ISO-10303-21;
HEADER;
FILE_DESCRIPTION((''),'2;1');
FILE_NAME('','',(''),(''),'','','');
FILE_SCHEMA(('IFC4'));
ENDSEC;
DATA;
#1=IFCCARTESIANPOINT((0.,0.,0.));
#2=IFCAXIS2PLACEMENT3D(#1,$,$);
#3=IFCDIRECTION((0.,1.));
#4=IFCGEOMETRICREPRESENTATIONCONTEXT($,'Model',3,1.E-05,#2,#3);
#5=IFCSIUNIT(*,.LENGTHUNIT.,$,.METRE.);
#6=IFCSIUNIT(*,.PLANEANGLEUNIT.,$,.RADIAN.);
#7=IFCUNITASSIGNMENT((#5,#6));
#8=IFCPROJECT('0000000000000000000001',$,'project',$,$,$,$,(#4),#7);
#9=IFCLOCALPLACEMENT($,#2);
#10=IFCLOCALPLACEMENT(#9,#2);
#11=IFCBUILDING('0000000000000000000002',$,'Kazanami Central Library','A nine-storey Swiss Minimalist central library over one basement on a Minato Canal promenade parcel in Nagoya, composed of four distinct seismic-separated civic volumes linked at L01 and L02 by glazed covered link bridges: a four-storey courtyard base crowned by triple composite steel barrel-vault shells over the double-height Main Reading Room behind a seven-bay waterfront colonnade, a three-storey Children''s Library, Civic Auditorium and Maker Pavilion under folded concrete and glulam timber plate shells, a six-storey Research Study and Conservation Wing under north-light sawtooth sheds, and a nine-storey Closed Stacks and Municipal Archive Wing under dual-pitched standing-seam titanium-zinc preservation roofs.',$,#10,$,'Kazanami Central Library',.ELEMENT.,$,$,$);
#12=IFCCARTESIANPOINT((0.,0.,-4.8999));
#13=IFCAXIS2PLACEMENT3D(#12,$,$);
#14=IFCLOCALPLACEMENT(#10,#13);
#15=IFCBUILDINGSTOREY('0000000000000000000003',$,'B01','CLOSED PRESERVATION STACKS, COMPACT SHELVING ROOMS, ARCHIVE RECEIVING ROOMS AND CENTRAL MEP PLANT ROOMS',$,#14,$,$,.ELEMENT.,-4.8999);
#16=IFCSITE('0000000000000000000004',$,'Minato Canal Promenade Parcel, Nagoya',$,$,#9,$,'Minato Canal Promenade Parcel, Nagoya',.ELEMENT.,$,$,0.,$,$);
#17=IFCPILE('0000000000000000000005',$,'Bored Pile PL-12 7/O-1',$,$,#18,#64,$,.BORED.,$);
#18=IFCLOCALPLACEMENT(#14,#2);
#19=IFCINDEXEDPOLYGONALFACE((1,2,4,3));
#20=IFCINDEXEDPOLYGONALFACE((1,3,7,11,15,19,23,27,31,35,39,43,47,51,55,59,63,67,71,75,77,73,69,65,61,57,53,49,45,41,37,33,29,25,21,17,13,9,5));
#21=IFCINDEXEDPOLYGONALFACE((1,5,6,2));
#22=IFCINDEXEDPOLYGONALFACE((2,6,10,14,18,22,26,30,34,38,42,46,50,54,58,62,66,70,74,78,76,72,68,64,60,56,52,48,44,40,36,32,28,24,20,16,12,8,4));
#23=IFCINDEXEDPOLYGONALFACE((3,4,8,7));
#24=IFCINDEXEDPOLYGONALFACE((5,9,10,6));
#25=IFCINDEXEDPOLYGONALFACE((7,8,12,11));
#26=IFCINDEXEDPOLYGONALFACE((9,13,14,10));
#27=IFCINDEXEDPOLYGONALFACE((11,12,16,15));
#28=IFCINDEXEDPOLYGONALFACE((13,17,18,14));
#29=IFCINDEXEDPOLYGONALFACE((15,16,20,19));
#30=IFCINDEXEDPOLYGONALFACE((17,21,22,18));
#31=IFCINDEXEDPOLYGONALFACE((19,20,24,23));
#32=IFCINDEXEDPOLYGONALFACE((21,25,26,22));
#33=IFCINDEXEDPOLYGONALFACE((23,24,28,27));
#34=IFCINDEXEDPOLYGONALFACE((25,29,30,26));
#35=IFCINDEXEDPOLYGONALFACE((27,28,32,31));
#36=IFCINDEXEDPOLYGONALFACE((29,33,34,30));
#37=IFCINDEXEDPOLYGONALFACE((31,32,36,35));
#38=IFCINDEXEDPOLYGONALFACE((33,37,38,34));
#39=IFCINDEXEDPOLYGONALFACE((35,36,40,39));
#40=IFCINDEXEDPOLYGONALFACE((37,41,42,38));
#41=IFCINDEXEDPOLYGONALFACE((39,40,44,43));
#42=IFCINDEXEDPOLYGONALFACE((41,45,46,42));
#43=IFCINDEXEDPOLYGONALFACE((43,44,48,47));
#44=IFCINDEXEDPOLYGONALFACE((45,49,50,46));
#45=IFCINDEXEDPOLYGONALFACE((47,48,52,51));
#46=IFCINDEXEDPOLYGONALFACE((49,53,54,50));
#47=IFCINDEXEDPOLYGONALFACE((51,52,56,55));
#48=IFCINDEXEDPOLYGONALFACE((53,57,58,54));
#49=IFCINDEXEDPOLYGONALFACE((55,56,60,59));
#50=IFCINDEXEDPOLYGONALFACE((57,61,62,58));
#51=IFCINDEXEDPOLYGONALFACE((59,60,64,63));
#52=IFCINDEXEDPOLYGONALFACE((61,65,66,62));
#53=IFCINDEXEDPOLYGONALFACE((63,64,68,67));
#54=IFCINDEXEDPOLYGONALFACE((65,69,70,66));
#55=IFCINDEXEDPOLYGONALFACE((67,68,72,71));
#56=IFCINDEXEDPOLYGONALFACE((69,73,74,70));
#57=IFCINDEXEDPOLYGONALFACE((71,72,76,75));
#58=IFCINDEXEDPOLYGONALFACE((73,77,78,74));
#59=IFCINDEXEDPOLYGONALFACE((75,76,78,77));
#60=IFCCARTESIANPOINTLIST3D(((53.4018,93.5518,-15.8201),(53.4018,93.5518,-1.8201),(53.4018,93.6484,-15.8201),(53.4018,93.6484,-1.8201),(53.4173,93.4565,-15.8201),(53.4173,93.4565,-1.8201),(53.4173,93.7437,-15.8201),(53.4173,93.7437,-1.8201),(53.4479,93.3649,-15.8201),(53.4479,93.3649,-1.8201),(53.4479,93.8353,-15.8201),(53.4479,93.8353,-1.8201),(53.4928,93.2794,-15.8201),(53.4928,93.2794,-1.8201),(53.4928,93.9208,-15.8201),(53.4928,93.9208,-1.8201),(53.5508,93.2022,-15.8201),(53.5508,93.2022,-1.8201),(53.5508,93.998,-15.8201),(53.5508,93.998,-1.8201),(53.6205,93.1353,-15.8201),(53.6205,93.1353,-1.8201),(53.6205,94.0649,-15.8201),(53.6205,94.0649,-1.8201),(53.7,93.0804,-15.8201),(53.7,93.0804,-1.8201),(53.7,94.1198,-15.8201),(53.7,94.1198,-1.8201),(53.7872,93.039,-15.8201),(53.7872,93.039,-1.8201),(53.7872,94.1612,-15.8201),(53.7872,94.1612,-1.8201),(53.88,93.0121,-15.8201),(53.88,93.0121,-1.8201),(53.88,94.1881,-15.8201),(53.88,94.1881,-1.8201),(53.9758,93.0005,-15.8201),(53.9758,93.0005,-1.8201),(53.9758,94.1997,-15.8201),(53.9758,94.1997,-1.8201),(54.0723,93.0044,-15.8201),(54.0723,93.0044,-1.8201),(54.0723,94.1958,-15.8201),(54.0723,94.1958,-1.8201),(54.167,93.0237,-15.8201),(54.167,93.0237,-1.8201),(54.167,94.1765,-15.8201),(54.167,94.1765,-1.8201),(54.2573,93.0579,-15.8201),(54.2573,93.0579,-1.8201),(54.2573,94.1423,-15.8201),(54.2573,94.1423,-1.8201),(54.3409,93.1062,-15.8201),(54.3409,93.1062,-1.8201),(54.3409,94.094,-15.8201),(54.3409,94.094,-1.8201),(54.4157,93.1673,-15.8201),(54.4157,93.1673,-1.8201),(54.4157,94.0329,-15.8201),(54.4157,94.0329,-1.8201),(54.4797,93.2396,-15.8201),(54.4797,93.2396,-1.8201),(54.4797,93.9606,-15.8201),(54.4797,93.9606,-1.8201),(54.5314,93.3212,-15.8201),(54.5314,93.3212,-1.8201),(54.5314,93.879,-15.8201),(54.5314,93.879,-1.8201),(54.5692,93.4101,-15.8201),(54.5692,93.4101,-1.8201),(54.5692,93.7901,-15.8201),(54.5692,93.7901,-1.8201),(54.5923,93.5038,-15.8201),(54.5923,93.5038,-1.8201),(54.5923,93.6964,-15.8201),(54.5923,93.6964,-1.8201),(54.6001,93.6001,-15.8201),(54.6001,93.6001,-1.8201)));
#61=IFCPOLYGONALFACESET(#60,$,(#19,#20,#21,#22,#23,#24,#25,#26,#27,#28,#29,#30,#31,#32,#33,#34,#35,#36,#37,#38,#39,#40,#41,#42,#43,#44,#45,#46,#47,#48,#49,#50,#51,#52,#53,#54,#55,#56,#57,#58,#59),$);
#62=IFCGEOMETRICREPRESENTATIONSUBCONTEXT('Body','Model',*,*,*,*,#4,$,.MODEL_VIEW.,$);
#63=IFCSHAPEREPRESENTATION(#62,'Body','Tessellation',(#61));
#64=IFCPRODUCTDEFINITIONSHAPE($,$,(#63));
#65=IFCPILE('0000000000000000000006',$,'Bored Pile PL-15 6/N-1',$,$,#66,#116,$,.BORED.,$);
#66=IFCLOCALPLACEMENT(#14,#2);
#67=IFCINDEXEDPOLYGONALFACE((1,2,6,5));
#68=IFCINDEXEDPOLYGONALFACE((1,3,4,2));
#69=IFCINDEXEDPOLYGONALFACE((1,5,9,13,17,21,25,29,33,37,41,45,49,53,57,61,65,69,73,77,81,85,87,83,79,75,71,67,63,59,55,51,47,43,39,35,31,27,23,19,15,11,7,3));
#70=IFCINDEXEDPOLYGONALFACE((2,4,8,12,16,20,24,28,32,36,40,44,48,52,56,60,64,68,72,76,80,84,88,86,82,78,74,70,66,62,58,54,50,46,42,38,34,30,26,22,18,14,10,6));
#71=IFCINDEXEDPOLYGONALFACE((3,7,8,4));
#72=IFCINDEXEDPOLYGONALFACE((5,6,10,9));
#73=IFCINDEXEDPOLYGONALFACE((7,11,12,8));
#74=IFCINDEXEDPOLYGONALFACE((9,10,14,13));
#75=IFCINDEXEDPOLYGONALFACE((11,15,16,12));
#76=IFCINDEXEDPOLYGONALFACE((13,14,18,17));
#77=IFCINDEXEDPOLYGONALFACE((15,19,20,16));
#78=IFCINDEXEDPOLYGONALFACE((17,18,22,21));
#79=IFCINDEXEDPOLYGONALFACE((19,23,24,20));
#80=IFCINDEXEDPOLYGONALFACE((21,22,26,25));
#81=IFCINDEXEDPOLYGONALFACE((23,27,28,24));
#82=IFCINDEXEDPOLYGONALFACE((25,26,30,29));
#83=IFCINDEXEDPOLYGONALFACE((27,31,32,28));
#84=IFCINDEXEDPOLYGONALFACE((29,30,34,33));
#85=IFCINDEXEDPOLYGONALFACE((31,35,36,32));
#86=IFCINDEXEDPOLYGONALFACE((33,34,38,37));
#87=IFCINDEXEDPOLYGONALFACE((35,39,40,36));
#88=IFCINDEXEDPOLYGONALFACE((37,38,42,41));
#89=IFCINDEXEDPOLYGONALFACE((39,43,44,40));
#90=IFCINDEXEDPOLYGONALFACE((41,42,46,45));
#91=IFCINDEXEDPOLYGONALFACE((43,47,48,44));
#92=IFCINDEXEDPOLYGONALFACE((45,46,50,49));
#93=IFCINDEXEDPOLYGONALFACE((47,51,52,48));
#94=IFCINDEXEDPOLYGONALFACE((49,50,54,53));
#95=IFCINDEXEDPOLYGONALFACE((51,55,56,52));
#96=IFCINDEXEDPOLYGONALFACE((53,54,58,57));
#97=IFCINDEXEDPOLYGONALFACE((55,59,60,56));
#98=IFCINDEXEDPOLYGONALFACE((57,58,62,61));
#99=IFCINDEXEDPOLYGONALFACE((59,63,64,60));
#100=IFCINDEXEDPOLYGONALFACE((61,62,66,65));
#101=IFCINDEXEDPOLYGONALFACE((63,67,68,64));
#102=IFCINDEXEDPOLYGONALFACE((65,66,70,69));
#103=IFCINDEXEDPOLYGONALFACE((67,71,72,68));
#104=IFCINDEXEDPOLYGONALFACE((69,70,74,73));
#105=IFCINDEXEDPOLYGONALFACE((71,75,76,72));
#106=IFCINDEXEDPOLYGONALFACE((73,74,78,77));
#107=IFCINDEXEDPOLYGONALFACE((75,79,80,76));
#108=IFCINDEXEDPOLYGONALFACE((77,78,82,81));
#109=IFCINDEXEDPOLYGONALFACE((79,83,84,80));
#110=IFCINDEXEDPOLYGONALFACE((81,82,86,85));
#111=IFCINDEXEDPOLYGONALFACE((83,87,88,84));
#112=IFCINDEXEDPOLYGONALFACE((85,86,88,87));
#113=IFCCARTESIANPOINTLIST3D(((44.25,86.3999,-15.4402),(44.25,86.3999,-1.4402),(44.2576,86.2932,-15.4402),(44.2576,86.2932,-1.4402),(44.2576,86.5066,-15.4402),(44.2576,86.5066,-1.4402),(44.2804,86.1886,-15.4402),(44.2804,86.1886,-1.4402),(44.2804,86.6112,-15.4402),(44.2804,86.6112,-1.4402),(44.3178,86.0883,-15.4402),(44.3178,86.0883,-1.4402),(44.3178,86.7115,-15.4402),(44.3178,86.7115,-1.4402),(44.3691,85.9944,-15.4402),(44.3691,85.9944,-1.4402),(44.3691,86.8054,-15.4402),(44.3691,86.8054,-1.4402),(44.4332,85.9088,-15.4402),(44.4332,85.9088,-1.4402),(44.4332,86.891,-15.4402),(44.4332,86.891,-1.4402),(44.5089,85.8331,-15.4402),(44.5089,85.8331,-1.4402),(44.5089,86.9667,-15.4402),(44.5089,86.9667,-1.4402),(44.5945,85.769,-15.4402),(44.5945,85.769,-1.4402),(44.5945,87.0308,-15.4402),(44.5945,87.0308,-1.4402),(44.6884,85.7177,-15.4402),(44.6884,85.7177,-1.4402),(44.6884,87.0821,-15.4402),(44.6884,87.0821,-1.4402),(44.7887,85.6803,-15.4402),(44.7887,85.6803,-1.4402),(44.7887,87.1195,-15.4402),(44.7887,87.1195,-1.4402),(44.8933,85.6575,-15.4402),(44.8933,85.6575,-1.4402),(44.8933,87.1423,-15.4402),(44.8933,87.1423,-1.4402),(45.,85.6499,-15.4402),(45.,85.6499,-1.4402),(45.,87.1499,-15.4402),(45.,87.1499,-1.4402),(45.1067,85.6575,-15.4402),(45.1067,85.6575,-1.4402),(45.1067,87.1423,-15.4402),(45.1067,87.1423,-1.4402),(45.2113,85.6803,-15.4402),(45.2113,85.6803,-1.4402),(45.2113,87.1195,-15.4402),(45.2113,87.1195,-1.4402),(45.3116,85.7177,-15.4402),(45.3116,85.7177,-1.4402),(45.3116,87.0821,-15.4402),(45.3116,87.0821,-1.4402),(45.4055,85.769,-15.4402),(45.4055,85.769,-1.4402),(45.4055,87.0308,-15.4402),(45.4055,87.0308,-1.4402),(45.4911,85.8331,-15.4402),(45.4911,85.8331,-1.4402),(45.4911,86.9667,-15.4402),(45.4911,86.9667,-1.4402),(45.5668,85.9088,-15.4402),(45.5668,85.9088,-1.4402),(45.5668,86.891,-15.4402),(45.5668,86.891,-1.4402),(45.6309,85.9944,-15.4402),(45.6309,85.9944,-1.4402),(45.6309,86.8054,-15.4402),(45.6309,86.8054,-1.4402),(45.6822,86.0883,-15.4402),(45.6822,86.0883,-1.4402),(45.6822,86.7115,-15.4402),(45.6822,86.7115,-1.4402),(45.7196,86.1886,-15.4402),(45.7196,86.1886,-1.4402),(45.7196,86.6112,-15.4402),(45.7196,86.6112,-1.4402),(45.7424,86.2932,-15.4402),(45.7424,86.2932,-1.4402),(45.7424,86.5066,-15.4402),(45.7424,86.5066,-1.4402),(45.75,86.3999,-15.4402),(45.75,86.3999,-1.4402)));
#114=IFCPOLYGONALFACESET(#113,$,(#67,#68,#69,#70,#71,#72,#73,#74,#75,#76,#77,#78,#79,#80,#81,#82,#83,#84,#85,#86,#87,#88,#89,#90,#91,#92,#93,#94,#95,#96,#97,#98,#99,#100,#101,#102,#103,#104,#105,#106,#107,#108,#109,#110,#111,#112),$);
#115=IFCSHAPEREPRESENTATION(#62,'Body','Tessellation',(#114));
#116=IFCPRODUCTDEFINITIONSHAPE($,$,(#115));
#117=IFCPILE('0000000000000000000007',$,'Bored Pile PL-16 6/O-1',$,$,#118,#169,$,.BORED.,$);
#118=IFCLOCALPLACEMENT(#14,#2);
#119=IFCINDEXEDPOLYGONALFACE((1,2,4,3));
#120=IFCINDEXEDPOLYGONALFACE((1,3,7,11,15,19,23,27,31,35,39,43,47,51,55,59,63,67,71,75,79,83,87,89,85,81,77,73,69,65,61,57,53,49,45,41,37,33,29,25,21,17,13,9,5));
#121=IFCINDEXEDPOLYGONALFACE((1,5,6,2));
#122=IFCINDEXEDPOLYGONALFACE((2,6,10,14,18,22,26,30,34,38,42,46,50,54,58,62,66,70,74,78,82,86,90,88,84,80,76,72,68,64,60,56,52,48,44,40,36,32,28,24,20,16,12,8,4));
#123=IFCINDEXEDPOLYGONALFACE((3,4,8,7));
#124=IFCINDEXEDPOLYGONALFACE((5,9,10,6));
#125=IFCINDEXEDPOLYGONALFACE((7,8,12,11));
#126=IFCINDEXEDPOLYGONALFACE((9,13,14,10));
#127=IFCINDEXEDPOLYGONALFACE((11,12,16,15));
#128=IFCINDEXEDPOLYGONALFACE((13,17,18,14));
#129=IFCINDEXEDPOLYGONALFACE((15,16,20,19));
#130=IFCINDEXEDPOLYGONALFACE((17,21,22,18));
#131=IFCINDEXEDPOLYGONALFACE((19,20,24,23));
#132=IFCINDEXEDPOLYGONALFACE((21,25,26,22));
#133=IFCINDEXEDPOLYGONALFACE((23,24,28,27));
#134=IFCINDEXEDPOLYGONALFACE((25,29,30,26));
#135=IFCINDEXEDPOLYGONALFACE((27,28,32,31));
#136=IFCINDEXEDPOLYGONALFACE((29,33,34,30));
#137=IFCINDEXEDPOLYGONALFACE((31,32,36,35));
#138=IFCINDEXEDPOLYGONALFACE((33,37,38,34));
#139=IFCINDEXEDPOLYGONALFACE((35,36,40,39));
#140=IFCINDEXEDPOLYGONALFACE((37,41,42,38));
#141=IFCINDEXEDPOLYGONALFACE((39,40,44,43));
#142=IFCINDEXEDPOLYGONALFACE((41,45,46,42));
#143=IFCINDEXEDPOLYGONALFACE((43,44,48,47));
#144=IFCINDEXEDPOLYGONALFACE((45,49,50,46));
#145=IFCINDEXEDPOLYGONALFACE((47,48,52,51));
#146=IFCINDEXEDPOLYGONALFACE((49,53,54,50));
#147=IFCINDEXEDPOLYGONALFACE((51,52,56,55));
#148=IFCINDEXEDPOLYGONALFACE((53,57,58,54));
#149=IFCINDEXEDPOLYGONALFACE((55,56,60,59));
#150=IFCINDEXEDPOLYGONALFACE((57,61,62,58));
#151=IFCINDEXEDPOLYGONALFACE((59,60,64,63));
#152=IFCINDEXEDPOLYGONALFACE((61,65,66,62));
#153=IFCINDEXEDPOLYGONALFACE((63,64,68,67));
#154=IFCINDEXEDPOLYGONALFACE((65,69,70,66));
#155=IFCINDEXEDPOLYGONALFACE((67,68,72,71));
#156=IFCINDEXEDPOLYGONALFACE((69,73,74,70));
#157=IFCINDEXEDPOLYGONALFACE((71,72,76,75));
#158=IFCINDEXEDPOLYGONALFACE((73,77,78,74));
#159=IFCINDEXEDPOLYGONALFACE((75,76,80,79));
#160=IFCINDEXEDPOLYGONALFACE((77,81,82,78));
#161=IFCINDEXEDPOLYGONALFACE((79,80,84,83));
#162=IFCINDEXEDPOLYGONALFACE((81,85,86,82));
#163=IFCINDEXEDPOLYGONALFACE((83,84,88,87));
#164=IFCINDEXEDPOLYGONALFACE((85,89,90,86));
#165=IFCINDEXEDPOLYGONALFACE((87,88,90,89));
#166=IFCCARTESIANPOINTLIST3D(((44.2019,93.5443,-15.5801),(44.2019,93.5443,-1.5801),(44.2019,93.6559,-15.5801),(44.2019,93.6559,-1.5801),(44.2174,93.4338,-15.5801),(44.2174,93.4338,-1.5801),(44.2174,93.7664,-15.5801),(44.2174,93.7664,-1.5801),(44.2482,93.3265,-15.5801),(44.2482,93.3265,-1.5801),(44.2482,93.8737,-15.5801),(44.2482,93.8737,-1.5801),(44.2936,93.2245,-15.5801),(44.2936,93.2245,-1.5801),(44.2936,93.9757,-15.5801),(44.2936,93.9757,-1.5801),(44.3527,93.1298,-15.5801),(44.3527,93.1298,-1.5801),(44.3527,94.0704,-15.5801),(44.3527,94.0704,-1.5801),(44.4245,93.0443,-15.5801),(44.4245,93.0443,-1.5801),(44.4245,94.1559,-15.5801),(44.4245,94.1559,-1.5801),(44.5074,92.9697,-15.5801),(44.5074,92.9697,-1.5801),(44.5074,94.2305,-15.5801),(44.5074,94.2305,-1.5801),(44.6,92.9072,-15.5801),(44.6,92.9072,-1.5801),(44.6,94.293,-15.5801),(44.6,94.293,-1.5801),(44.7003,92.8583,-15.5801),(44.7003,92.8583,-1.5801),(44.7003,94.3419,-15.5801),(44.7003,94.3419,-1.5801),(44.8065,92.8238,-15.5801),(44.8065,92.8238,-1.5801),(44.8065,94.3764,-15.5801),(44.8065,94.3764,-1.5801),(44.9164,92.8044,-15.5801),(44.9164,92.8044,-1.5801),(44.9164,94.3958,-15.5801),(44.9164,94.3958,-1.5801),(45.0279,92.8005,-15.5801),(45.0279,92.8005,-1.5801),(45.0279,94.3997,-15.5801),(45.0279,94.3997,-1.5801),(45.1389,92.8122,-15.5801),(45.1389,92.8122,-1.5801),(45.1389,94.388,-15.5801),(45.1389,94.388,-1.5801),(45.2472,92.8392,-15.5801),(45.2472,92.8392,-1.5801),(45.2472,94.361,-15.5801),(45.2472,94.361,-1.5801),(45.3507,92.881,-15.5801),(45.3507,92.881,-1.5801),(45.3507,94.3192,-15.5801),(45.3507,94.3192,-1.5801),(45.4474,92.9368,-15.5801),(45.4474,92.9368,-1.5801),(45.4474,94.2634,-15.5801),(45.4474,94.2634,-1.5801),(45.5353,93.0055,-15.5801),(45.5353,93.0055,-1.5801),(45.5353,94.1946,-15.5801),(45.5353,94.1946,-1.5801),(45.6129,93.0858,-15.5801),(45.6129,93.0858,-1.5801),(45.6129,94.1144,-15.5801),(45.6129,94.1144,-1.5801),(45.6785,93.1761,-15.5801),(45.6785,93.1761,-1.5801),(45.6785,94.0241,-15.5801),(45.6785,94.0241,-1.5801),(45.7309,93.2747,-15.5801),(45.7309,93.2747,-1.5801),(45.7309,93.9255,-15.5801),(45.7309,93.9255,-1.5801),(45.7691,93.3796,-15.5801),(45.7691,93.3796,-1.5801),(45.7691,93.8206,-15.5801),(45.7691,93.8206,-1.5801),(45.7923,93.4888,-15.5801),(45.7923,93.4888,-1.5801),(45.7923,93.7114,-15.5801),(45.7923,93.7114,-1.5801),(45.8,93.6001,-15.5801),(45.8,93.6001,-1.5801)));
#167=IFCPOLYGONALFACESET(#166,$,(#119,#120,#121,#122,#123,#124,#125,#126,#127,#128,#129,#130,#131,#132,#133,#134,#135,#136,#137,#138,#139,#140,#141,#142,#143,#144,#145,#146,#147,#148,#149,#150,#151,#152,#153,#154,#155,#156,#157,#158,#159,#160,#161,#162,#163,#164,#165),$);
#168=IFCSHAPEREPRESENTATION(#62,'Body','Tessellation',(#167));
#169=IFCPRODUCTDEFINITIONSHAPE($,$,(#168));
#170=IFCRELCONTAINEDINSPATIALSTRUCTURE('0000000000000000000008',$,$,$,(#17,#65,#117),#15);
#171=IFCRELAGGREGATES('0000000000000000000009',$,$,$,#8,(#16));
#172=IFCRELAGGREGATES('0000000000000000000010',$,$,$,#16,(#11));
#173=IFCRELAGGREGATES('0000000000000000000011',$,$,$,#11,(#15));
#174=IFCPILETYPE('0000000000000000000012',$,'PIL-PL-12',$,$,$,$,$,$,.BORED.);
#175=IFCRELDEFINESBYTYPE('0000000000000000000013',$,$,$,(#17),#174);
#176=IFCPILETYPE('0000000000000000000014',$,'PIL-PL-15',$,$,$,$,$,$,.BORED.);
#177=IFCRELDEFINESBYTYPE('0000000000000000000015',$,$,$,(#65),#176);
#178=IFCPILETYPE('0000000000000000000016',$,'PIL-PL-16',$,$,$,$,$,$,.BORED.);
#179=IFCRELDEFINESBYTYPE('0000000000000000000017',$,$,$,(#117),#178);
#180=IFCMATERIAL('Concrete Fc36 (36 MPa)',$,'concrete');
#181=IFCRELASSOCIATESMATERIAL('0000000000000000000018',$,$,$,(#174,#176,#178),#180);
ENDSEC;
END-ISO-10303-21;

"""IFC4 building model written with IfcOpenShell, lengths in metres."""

from ifc_helpers import new_model, si_unit, direction, frame, origin, origin_2d, place, context, subcontext, project, spatial, circle, extrude, material, material_profile, profile_set, type_object, element, save


model = new_model("IFC4")

# Units and contexts
model_context = context("Model", 3, precision=1e-05, world=origin(), true_north=direction((0.0, 1.0)))
body_context = subcontext(model_context, "Body", "Model", "MODEL_VIEW")
ifc_project = project(units=[si_unit("LENGTHUNIT", "METRE"), si_unit("PLANEANGLEUNIT", "RADIAN")], contexts=[model_context])

# Site, building, storey
site_placement = place(None, origin())
site = spatial("IfcSite", under=ifc_project, at=site_placement, Name="Minato Canal Promenade Parcel, Nagoya", LongName="Minato Canal Promenade Parcel, Nagoya", CompositionType="ELEMENT", RefElevation=0.0)
building_placement = place(site_placement, origin())
building = spatial("IfcBuilding", under=site, at=building_placement, Name="Kazanami Central Library", Description="A nine-storey Swiss Minimalist central library over one basement on a Minato Canal promenade parcel in Nagoya, composed of four distinct seismic-separated civic volumes linked at L01 and L02 by glazed covered link bridges: a four-storey courtyard base crowned by triple composite steel barrel-vault shells over the double-height Main Reading Room behind a seven-bay waterfront colonnade, a three-storey Children's Library, Civic Auditorium and Maker Pavilion under folded concrete and glulam timber plate shells, a six-storey Research Study and Conservation Wing under north-light sawtooth sheds, and a nine-storey Closed Stacks and Municipal Archive Wing under dual-pitched standing-seam titanium-zinc preservation roofs.", LongName="Kazanami Central Library", CompositionType="ELEMENT")
storey_placement = place(building_placement, frame((0.0, 0.0, -4.8999)))
storey = spatial("IfcBuildingStorey", under=building, at=storey_placement, Name="B01", Description="CLOSED PRESERVATION STACKS, COMPACT SHELVING ROOMS, ARCHIVE RECEIVING ROOMS AND CENTRAL MEP PLANT ROOMS", CompositionType="ELEMENT", Elevation=-4.8999)

# Shared definitions
ifc_material_1 = material(Name="Concrete Fc36 (36 MPa)", Category="concrete")

# Piles
ifc_material_profile_1 = material_profile(ifc_material_1, circle(Radius=0.6001, at=origin_2d()), Name="BORED-D1200")
ifc_profile_set_1 = profile_set([ifc_material_profile_1], Name="Concrete Fc36 (36 MPa)")
pile_type_1 = type_object("IfcPileType", Name="PIL-PL-12", PredefinedType="BORED", material=ifc_profile_set_1)
pile_1_placement = place(storey_placement, frame((54.0, 93.6001, -1.8201), z_axis=(0.0, 0.0, -1.0), x_axis=(1.0, 0.0, 0.0)))
element("IfcPile", 1, at=pile_1_placement, inside=storey, type_object=pile_type_1, Name="Bored Pile PL-12 7/O-1", PredefinedType="BORED", context=body_context, shape_type="SweptSolid", body=[
    extrude(circle(Radius=0.6001, at=origin_2d()), origin(), (0.0, 0.0, 1.0), 14.0),
])
ifc_material_profile_2 = material_profile(ifc_material_1, circle(Radius=0.75, at=origin_2d()), Name="BORED-D1500")
ifc_profile_set_2 = profile_set([ifc_material_profile_2], Name="Concrete Fc36 (36 MPa)")
pile_type_2 = type_object("IfcPileType", Name="PIL-PL-15", PredefinedType="BORED", material=ifc_profile_set_2)
pile_2_placement = place(storey_placement, frame((45.0, 86.3999, -1.4402), z_axis=(0.0, 0.0, -1.0), x_axis=(1.0, 0.0, 0.0)))
element("IfcPile", 2, at=pile_2_placement, inside=storey, type_object=pile_type_2, Name="Bored Pile PL-15 6/N-1", PredefinedType="BORED", context=body_context, shape_type="SweptSolid", body=[
    extrude(circle(Radius=0.75, at=origin_2d()), origin(), (0.0, 0.0, 1.0), 14.0),
])
ifc_material_profile_3 = material_profile(ifc_material_1, circle(Radius=0.8, at=origin_2d()), Name="BORED-D1600")
ifc_profile_set_3 = profile_set([ifc_material_profile_3], Name="Concrete Fc36 (36 MPa)")
pile_type_3 = type_object("IfcPileType", Name="PIL-PL-16", PredefinedType="BORED", material=ifc_profile_set_3)
pile_3_placement = place(storey_placement, frame((45.0, 93.6001, -1.5801), z_axis=(0.0, 0.0, -1.0), x_axis=(1.0, 0.0, 0.0)))
element("IfcPile", 3, at=pile_3_placement, inside=storey, type_object=pile_type_3, Name="Bored Pile PL-16 6/O-1", PredefinedType="BORED", context=body_context, shape_type="SweptSolid", body=[
    extrude(circle(Radius=0.8, at=origin_2d()), origin(), (0.0, 0.0, 1.0), 14.0),
])

save(model, "model.ifc")
